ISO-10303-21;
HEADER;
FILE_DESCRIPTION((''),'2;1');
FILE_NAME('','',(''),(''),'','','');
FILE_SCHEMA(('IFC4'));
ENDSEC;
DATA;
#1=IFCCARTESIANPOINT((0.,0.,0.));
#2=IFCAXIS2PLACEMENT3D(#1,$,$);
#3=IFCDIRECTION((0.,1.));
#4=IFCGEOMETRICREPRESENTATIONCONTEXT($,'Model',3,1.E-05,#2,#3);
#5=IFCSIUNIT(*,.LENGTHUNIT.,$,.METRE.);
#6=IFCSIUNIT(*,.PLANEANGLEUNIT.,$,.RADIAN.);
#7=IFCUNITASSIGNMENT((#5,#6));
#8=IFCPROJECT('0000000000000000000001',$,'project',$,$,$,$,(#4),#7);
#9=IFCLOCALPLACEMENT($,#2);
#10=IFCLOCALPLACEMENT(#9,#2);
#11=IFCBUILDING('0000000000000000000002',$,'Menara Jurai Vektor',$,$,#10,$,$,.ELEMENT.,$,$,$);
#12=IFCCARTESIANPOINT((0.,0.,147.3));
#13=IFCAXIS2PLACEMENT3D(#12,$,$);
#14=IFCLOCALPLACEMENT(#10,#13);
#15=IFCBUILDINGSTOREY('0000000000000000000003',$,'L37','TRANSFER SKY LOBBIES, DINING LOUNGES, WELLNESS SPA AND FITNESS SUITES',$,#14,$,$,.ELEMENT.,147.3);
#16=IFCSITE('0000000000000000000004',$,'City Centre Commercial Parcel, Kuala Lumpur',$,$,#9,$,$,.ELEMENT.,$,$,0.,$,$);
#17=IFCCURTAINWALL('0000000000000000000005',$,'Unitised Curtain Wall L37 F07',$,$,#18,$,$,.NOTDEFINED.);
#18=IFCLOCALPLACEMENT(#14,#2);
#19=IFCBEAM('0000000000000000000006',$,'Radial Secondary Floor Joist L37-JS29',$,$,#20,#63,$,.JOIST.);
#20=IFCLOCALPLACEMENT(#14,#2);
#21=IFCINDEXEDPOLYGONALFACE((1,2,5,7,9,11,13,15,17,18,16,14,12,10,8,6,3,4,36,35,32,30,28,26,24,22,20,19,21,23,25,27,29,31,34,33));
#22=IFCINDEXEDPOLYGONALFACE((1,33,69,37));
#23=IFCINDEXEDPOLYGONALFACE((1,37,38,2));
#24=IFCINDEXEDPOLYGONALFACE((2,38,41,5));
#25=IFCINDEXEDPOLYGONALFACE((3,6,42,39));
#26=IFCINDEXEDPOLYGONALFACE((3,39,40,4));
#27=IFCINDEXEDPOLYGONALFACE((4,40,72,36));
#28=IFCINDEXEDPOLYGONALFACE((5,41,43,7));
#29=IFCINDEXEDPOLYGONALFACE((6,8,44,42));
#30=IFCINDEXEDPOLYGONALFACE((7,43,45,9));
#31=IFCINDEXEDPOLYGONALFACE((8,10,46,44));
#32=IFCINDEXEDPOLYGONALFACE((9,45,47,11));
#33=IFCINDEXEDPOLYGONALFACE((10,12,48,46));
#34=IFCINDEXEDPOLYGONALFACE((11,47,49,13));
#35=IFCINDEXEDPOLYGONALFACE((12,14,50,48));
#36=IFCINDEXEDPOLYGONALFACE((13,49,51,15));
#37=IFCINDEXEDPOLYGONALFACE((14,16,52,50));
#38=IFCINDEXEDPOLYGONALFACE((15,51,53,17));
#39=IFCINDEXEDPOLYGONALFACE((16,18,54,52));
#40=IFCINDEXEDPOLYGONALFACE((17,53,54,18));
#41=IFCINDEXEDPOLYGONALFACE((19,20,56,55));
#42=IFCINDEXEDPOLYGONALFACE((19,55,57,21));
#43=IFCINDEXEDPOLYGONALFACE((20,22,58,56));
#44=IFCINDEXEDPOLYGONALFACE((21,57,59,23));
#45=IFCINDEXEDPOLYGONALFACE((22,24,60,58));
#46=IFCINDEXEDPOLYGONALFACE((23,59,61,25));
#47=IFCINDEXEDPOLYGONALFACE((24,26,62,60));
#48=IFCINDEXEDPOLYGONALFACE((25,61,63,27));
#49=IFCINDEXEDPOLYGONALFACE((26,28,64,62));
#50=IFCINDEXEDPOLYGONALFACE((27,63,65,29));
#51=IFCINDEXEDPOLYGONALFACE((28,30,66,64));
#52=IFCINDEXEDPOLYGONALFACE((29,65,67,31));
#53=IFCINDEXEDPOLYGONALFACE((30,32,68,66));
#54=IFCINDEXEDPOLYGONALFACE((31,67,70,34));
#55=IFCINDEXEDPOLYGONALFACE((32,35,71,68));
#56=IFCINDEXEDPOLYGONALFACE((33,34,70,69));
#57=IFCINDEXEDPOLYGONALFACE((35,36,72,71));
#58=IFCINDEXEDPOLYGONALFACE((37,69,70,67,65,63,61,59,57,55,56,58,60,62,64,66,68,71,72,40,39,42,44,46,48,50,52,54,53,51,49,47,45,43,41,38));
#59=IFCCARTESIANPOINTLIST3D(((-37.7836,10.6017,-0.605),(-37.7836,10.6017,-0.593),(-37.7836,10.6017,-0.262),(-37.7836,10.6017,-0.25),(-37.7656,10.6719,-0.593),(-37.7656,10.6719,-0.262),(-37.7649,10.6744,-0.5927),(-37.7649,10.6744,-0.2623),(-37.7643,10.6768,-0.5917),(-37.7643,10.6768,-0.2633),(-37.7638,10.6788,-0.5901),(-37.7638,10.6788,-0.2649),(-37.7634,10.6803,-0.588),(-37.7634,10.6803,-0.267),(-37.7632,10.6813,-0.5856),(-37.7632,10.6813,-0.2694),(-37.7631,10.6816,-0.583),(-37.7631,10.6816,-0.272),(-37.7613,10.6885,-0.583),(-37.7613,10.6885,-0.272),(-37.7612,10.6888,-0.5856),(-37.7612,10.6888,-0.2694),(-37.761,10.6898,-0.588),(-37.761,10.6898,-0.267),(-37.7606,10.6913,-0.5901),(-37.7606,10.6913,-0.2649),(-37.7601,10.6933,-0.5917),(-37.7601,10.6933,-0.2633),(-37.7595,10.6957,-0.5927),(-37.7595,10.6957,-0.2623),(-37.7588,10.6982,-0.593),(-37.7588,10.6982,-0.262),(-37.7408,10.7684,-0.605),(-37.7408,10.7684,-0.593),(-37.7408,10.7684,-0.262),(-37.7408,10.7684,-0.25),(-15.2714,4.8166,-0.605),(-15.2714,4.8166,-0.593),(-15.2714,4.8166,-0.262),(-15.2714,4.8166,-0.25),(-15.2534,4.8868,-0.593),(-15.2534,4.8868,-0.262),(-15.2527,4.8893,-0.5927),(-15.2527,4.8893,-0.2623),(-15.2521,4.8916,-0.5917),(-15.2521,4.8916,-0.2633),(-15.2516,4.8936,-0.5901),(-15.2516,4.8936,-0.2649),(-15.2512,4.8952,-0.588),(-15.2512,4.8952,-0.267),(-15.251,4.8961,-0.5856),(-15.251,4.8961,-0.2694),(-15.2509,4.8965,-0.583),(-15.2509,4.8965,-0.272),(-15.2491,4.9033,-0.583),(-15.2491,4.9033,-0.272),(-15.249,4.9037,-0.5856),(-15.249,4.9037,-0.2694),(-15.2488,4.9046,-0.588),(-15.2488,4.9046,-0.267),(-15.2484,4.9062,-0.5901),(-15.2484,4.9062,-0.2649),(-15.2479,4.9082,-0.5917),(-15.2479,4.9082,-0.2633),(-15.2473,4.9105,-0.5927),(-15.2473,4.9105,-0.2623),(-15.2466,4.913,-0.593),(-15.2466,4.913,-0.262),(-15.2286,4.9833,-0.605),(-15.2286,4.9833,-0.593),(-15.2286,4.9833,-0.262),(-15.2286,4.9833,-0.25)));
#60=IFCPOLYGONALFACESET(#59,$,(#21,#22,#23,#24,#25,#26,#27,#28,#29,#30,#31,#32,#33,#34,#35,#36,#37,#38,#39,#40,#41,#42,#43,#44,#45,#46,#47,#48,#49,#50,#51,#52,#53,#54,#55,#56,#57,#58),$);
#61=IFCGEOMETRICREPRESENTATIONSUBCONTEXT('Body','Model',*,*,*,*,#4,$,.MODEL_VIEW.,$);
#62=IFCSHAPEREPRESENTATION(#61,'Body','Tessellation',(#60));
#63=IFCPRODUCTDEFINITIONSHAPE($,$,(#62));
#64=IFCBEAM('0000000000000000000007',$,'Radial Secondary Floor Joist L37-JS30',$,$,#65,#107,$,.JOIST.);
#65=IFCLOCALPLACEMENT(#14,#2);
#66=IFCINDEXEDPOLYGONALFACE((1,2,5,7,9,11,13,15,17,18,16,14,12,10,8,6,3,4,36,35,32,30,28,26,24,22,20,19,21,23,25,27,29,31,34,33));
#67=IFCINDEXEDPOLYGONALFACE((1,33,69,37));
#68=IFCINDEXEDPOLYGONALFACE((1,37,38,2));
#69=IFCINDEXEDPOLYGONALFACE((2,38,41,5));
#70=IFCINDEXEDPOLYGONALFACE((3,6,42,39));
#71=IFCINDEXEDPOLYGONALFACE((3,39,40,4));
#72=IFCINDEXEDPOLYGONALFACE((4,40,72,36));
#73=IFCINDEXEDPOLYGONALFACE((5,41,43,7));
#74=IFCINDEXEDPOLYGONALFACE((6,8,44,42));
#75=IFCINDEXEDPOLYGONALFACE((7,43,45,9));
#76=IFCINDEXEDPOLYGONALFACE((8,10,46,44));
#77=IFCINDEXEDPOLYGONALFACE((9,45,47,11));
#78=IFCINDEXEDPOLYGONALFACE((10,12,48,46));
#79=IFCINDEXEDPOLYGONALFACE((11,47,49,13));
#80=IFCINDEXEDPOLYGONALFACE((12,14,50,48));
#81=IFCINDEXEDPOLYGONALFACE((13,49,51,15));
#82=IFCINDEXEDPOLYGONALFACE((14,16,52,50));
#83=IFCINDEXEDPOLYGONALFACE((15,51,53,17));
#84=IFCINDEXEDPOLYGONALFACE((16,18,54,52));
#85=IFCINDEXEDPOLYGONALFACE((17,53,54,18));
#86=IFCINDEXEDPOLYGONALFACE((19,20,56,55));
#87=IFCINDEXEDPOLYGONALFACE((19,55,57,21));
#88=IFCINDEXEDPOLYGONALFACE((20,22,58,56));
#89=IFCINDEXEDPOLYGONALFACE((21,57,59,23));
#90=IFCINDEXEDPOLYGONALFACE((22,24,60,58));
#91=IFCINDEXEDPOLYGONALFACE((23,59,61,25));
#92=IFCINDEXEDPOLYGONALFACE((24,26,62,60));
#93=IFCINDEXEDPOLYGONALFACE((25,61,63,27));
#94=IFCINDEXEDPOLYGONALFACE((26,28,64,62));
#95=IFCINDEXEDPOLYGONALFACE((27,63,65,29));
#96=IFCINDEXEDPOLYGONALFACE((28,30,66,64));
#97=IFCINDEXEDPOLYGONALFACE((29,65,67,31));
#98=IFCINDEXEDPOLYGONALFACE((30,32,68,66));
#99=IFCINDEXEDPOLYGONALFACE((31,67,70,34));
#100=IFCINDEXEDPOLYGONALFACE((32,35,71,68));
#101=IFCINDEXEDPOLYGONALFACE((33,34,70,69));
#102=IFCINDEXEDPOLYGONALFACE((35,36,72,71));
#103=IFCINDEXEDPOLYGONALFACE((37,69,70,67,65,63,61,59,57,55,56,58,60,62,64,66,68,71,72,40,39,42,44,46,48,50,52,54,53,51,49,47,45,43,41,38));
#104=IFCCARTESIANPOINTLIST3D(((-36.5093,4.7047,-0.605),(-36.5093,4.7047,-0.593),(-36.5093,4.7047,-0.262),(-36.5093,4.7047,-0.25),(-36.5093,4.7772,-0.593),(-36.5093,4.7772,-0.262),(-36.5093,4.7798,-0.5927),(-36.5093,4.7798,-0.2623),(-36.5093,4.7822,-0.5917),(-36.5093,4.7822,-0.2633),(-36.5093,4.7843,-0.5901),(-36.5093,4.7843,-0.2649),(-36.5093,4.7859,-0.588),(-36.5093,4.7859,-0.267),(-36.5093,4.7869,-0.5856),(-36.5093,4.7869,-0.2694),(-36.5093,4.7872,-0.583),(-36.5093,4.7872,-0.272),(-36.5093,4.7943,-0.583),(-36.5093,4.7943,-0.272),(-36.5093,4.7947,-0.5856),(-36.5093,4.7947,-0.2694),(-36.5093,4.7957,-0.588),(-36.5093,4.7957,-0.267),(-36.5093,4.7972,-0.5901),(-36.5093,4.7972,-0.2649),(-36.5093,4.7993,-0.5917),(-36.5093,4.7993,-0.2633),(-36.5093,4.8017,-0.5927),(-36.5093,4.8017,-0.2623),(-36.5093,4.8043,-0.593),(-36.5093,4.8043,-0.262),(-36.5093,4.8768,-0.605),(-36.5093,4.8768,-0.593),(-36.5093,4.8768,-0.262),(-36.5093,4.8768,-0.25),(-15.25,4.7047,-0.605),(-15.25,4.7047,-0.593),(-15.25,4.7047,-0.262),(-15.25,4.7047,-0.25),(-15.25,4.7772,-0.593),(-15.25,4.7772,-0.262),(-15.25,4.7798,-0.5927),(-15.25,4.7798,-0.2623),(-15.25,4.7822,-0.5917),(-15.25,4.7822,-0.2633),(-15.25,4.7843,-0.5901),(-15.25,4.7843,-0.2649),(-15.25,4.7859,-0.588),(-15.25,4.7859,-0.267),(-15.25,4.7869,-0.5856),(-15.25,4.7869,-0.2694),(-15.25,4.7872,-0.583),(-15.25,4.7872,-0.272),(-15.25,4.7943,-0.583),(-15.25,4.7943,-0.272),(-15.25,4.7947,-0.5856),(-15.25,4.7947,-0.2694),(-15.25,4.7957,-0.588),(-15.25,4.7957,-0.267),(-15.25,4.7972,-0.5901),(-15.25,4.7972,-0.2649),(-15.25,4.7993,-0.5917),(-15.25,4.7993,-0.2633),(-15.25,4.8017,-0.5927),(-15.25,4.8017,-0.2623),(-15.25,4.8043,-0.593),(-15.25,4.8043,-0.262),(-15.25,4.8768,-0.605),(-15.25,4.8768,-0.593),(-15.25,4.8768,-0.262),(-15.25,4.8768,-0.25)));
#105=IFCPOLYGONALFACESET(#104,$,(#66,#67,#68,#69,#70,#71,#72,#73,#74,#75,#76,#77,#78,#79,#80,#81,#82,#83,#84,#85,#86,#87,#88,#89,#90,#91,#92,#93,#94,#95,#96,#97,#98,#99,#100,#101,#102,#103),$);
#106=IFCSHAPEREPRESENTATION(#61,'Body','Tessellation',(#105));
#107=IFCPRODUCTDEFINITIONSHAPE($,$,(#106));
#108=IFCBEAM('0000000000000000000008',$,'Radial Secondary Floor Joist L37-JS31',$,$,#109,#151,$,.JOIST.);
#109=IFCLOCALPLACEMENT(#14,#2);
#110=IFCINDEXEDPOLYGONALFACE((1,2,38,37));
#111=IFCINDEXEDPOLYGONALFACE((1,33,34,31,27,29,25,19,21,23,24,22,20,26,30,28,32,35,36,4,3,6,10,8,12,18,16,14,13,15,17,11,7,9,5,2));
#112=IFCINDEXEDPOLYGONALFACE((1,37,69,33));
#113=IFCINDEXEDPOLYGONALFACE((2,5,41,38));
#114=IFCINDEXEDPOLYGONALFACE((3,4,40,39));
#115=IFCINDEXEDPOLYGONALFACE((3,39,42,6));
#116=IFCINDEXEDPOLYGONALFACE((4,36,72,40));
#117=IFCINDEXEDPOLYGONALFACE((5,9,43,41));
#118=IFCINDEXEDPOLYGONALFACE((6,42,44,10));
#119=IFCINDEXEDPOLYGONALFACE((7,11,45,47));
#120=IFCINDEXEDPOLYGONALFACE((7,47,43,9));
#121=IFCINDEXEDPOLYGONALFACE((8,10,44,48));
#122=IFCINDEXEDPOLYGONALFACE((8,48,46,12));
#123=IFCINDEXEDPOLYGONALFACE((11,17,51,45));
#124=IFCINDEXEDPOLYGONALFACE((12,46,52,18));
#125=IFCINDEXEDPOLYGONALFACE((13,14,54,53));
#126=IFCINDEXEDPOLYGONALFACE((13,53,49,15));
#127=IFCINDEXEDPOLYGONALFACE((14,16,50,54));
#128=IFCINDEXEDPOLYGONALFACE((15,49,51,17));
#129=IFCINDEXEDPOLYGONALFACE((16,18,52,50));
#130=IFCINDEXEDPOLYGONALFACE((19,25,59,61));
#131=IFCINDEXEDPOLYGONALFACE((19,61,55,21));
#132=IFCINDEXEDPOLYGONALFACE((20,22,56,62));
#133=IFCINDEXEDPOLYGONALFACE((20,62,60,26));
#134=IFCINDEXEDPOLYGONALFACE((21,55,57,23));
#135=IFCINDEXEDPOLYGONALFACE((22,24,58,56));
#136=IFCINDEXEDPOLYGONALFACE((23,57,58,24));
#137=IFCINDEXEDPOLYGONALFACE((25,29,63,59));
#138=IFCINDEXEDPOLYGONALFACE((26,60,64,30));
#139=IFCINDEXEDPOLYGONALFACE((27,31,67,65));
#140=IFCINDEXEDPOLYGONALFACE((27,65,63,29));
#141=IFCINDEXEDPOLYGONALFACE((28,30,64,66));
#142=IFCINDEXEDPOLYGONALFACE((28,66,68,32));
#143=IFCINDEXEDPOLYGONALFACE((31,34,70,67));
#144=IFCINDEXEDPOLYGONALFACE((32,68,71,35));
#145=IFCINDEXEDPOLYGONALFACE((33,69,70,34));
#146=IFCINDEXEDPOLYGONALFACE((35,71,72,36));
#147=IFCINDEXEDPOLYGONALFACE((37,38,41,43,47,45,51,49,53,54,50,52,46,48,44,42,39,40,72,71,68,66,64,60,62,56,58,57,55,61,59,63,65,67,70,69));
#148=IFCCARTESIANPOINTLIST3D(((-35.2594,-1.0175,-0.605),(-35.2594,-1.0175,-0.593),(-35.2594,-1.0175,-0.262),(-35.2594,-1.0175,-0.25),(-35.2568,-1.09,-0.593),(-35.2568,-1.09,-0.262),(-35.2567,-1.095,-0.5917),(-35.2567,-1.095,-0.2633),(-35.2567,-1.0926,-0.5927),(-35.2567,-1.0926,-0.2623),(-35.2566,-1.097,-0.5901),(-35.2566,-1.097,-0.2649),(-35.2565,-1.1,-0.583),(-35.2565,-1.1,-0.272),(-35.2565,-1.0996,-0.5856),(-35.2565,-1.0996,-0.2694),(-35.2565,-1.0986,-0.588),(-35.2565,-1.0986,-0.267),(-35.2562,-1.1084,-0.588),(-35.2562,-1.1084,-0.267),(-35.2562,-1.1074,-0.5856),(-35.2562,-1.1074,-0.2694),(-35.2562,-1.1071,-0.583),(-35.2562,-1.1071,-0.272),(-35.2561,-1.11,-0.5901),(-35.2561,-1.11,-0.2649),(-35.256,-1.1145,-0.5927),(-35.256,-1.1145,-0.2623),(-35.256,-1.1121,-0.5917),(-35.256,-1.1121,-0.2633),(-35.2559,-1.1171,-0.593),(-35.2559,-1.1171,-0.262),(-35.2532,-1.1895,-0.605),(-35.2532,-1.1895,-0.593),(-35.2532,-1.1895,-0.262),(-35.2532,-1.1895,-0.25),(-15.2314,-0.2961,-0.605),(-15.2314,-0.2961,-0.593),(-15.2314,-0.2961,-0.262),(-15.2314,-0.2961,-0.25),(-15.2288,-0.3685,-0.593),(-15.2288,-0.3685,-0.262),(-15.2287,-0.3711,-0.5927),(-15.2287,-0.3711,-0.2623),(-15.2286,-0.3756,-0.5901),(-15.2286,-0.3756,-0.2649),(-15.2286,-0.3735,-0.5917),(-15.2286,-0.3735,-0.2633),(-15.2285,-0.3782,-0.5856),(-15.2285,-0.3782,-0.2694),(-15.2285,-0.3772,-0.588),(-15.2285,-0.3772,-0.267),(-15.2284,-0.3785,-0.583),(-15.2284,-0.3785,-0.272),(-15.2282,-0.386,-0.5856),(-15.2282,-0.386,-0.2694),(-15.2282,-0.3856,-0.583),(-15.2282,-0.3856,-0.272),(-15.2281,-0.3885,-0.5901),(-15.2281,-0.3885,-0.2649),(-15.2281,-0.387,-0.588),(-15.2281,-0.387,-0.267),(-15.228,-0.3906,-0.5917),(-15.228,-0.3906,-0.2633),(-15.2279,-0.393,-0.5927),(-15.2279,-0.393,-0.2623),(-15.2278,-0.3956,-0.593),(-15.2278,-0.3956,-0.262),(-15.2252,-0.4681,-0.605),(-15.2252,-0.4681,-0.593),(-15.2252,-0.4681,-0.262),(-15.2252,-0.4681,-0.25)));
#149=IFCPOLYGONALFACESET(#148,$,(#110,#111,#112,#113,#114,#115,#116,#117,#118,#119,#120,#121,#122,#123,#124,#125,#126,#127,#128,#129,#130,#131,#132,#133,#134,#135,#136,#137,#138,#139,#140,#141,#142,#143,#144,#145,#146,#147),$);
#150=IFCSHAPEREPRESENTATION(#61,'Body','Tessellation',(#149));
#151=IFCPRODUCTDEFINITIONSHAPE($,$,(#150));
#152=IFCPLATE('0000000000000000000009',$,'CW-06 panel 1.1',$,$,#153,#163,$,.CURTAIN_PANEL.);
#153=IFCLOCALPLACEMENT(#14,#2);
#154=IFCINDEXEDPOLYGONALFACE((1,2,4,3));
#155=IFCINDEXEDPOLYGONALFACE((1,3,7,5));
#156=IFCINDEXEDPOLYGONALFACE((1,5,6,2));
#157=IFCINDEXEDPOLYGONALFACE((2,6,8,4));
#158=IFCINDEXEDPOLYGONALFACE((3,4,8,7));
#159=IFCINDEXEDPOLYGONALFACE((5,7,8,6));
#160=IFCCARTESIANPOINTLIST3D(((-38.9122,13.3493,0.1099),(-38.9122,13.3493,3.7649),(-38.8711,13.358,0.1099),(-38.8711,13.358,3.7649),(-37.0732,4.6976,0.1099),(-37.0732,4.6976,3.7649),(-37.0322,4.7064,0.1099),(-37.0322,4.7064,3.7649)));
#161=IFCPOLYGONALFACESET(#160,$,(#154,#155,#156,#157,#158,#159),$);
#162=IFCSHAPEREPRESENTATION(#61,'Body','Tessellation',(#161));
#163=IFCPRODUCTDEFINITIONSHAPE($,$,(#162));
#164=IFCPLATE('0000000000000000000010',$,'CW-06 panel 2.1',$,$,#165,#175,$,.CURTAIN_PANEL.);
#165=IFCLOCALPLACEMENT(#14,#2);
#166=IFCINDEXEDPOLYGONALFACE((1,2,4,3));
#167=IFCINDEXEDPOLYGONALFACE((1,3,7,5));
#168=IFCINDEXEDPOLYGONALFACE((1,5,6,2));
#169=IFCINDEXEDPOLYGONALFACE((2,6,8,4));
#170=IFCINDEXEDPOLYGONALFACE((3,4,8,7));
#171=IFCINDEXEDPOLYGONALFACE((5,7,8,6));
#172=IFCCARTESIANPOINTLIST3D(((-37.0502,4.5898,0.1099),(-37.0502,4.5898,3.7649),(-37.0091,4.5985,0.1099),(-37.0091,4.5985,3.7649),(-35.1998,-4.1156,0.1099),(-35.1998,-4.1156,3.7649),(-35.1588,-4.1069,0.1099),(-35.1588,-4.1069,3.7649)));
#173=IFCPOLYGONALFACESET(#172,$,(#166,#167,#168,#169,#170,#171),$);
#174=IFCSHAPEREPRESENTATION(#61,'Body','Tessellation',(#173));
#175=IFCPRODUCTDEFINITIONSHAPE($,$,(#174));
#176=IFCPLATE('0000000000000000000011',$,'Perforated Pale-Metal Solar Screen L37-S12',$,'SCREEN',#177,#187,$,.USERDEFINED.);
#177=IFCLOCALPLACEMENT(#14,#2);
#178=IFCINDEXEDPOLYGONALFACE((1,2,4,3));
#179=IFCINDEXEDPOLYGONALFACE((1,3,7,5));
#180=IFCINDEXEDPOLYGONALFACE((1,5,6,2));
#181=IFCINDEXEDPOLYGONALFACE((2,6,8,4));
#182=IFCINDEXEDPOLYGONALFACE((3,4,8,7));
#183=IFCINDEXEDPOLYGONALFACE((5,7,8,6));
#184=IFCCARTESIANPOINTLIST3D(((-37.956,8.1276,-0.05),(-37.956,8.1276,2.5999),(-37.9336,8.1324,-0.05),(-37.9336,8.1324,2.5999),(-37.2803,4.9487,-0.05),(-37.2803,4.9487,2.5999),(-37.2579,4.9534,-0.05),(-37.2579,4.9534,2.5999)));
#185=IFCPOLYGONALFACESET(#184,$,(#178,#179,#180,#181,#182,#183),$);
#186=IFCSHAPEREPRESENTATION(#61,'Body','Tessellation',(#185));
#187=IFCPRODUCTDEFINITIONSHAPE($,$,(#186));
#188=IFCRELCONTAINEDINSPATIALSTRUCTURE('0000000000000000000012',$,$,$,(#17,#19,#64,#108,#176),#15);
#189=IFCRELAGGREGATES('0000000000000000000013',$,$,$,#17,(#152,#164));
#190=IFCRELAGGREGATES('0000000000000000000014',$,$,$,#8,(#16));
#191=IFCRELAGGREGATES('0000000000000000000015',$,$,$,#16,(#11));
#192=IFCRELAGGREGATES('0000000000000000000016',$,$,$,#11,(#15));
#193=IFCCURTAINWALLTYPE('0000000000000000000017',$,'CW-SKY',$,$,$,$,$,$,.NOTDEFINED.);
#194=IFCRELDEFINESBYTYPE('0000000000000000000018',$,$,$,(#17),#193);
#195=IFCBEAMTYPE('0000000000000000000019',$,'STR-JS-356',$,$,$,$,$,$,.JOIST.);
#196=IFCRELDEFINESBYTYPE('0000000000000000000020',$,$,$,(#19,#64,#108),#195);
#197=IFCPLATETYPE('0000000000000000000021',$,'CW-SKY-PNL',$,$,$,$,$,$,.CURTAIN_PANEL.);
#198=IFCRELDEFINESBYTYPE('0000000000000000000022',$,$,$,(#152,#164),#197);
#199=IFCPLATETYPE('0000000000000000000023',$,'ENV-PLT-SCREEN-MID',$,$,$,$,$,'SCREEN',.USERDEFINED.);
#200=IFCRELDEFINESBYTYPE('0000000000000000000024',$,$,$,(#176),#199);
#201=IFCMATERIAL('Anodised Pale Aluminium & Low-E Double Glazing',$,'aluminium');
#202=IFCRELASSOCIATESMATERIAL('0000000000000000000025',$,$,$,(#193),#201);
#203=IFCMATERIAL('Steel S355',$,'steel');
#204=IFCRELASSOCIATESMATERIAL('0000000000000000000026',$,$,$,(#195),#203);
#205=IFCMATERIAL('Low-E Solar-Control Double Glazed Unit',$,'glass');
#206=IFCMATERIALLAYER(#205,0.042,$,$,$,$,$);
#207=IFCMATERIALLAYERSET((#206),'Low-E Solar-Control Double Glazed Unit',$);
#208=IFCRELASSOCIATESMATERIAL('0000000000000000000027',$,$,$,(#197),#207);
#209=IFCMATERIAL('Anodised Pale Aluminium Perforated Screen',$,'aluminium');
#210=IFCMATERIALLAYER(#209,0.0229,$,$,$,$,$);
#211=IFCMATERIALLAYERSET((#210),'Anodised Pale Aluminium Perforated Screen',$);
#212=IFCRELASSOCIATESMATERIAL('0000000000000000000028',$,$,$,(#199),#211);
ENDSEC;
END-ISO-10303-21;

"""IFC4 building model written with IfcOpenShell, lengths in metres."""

from ifc_helpers import new_model, si_unit, direction, frame, origin, origin_2d, place, context, subcontext, project, spatial, rectangle, i_section, extrude, material, layer, layer_set, material_profile, profile_set, type_object, element, aggregate, save


model = new_model("IFC4")

# Units and contexts
model_context = context("Model", 3, precision=1e-05, world=origin(), true_north=direction((0.0, 1.0)))
body_context = subcontext(model_context, "Body", "Model", "MODEL_VIEW")
ifc_project = project(units=[si_unit("LENGTHUNIT", "METRE"), si_unit("PLANEANGLEUNIT", "RADIAN")], contexts=[model_context])

# Site, building, storey
site_placement = place(None, origin())
site = spatial("IfcSite", under=ifc_project, at=site_placement, Name="City Centre Commercial Parcel, Kuala Lumpur", CompositionType="ELEMENT", RefElevation=0.0)
building_placement = place(site_placement, origin())
building = spatial("IfcBuilding", under=site, at=building_placement, Name="Menara Jurai Vektor", CompositionType="ELEMENT")
storey_placement = place(building_placement, frame((0.0, 0.0, 147.3)))
storey = spatial("IfcBuildingStorey", under=building, at=storey_placement, Name="L37", Description="TRANSFER SKY LOBBIES, DINING LOUNGES, WELLNESS SPA AND FITNESS SUITES", CompositionType="ELEMENT", Elevation=147.3)

# Curtain wall
ifc_material_1 = material(Name="Anodised Pale Aluminium & Low-E Double Glazing", Category="aluminium")
curtain_wall_type = type_object("IfcCurtainWallType", Name="CW-SKY", PredefinedType="NOTDEFINED", material=ifc_material_1)
curtain_wall_placement = place(storey_placement, origin())
curtain_wall = element("IfcCurtainWall", 1, at=curtain_wall_placement, inside=storey, type_object=curtain_wall_type, Name="Unitised Curtain Wall L37 F07", PredefinedType="NOTDEFINED")

# Beams
ifc_material_2 = material(Name="Steel S355", Category="steel")
ifc_material_profile_1 = material_profile(ifc_material_2, i_section(OverallWidth=0.1721, OverallDepth=0.355, WebThickness=0.0071, FlangeThickness=0.012, FilletRadius=0.01, at=origin_2d()), Name="UKB 356x171x51")
ifc_profile_set_1 = profile_set([ifc_material_profile_1], Name="Steel S355")
beam_type_1 = type_object("IfcBeamType", Name="STR-JS-356", PredefinedType="JOIST", material=ifc_profile_set_1)
beam_1_placement = place(storey_placement, frame((-37.7622, 10.6851, -0.4275), z_axis=(0.968531, -0.248892, 0.0), x_axis=(0.248892, 0.968531, 0.0)))
element("IfcBeam", 2, at=beam_1_placement, inside=storey, type_object=beam_type_1, Name="Radial Secondary Floor Joist L37-JS29", PredefinedType="JOIST", context=body_context, shape_type="SweptSolid", body=[
    extrude(i_section(OverallWidth=0.1721, OverallDepth=0.355, WebThickness=0.0071, FlangeThickness=0.012, FilletRadius=0.01, at=origin_2d()), origin(), (0.0, 0.0, 1.0), 23.2437),
])
beam_2_placement = place(storey_placement, frame((-36.5093, 4.7908, -0.4275), z_axis=(1.0, 0.0, 0.0), x_axis=(0.0, 1.0, 0.0)))
element("IfcBeam", 3, at=beam_2_placement, inside=storey, type_object=beam_type_1, Name="Radial Secondary Floor Joist L37-JS30", PredefinedType="JOIST", context=body_context, shape_type="SweptSolid", body=[
    extrude(i_section(OverallWidth=0.1721, OverallDepth=0.355, WebThickness=0.0071, FlangeThickness=0.012, FilletRadius=0.01, at=origin_2d()), origin(), (0.0, 0.0, 1.0), 21.2593),
])
beam_3_placement = place(storey_placement, frame((-35.2563, -1.1035, -0.4275), z_axis=(0.999352, 0.035998, 0.0), x_axis=(-0.035998, 0.999352, 0.0)))
element("IfcBeam", 4, at=beam_3_placement, inside=storey, type_object=beam_type_1, Name="Radial Secondary Floor Joist L37-JS31", PredefinedType="JOIST", context=body_context, shape_type="SweptSolid", body=[
    extrude(i_section(OverallWidth=0.1721, OverallDepth=0.355, WebThickness=0.0071, FlangeThickness=0.012, FilletRadius=0.01, at=origin_2d()), origin(), (0.0, 0.0, 1.0), 20.041),
])

# Plates
ifc_material_3 = material(Name="Low-E Solar-Control Double Glazed Unit", Category="glass")
ifc_layer_1 = layer(ifc_material_3, 0.042)
ifc_layer_set_1 = layer_set([ifc_layer_1], Name="Low-E Solar-Control Double Glazed Unit")
plate_type_1 = type_object("IfcPlateType", Name="CW-SKY-PNL", PredefinedType="CURTAIN_PANEL", material=ifc_layer_set_1)
plate_1_placement = place(storey_placement, frame((-37.9722, 9.0278, 0.1099), z_axis=(0.0, 0.0, 1.0), x_axis=(0.20791, -0.978148, 0.0)))
plate_1 = element("IfcPlate", 5, at=plate_1_placement, type_object=plate_type_1, Name="CW-06 panel 1.1", PredefinedType="CURTAIN_PANEL", context=body_context, shape_type="SweptSolid", body=[
    extrude(rectangle(XDim=8.845, YDim=0.042, at=origin_2d()), origin(), (0.0, 0.0, 1.0), 3.655),
])
plate_2_placement = place(storey_placement, frame((-36.1045, 0.2415, 0.1099), z_axis=(0.0, 0.0, 1.0), x_axis=(0.20791, -0.978148, 0.0)))
plate_2 = element("IfcPlate", 6, at=plate_2_placement, type_object=plate_type_1, Name="CW-06 panel 2.1", PredefinedType="CURTAIN_PANEL", context=body_context, shape_type="SweptSolid", body=[
    extrude(rectangle(XDim=8.8999, YDim=0.042, at=origin_2d()), origin(), (0.0, 0.0, 1.0), 3.655),
])
aggregate(curtain_wall, [plate_1, plate_2])
ifc_material_4 = material(Name="Anodised Pale Aluminium Perforated Screen", Category="aluminium")
ifc_layer_2 = layer(ifc_material_4, 0.0229)
ifc_layer_set_2 = layer_set([ifc_layer_2], Name="Anodised Pale Aluminium Perforated Screen")
plate_type_2 = type_object("IfcPlateType", Name="ENV-PLT-SCREEN-MID", ElementType="SCREEN", PredefinedType="USERDEFINED", material=ifc_layer_set_2)
plate_3_placement = place(storey_placement, frame((-37.6069, 6.5405, -0.05), z_axis=(0.0, 0.0, 1.0), x_axis=(0.207912, -0.978148, 0.0)))
element("IfcPlate", 7, at=plate_3_placement, inside=storey, type_object=plate_type_2, Name="Perforated Pale-Metal Solar Screen L37-S12", ObjectType="SCREEN", PredefinedType="USERDEFINED", context=body_context, shape_type="SweptSolid", body=[
    extrude(rectangle(XDim=3.25, YDim=0.0229, at=origin_2d()), origin(), (0.0, 0.0, 1.0), 2.6499),
])

save(model, "model.ifc")
